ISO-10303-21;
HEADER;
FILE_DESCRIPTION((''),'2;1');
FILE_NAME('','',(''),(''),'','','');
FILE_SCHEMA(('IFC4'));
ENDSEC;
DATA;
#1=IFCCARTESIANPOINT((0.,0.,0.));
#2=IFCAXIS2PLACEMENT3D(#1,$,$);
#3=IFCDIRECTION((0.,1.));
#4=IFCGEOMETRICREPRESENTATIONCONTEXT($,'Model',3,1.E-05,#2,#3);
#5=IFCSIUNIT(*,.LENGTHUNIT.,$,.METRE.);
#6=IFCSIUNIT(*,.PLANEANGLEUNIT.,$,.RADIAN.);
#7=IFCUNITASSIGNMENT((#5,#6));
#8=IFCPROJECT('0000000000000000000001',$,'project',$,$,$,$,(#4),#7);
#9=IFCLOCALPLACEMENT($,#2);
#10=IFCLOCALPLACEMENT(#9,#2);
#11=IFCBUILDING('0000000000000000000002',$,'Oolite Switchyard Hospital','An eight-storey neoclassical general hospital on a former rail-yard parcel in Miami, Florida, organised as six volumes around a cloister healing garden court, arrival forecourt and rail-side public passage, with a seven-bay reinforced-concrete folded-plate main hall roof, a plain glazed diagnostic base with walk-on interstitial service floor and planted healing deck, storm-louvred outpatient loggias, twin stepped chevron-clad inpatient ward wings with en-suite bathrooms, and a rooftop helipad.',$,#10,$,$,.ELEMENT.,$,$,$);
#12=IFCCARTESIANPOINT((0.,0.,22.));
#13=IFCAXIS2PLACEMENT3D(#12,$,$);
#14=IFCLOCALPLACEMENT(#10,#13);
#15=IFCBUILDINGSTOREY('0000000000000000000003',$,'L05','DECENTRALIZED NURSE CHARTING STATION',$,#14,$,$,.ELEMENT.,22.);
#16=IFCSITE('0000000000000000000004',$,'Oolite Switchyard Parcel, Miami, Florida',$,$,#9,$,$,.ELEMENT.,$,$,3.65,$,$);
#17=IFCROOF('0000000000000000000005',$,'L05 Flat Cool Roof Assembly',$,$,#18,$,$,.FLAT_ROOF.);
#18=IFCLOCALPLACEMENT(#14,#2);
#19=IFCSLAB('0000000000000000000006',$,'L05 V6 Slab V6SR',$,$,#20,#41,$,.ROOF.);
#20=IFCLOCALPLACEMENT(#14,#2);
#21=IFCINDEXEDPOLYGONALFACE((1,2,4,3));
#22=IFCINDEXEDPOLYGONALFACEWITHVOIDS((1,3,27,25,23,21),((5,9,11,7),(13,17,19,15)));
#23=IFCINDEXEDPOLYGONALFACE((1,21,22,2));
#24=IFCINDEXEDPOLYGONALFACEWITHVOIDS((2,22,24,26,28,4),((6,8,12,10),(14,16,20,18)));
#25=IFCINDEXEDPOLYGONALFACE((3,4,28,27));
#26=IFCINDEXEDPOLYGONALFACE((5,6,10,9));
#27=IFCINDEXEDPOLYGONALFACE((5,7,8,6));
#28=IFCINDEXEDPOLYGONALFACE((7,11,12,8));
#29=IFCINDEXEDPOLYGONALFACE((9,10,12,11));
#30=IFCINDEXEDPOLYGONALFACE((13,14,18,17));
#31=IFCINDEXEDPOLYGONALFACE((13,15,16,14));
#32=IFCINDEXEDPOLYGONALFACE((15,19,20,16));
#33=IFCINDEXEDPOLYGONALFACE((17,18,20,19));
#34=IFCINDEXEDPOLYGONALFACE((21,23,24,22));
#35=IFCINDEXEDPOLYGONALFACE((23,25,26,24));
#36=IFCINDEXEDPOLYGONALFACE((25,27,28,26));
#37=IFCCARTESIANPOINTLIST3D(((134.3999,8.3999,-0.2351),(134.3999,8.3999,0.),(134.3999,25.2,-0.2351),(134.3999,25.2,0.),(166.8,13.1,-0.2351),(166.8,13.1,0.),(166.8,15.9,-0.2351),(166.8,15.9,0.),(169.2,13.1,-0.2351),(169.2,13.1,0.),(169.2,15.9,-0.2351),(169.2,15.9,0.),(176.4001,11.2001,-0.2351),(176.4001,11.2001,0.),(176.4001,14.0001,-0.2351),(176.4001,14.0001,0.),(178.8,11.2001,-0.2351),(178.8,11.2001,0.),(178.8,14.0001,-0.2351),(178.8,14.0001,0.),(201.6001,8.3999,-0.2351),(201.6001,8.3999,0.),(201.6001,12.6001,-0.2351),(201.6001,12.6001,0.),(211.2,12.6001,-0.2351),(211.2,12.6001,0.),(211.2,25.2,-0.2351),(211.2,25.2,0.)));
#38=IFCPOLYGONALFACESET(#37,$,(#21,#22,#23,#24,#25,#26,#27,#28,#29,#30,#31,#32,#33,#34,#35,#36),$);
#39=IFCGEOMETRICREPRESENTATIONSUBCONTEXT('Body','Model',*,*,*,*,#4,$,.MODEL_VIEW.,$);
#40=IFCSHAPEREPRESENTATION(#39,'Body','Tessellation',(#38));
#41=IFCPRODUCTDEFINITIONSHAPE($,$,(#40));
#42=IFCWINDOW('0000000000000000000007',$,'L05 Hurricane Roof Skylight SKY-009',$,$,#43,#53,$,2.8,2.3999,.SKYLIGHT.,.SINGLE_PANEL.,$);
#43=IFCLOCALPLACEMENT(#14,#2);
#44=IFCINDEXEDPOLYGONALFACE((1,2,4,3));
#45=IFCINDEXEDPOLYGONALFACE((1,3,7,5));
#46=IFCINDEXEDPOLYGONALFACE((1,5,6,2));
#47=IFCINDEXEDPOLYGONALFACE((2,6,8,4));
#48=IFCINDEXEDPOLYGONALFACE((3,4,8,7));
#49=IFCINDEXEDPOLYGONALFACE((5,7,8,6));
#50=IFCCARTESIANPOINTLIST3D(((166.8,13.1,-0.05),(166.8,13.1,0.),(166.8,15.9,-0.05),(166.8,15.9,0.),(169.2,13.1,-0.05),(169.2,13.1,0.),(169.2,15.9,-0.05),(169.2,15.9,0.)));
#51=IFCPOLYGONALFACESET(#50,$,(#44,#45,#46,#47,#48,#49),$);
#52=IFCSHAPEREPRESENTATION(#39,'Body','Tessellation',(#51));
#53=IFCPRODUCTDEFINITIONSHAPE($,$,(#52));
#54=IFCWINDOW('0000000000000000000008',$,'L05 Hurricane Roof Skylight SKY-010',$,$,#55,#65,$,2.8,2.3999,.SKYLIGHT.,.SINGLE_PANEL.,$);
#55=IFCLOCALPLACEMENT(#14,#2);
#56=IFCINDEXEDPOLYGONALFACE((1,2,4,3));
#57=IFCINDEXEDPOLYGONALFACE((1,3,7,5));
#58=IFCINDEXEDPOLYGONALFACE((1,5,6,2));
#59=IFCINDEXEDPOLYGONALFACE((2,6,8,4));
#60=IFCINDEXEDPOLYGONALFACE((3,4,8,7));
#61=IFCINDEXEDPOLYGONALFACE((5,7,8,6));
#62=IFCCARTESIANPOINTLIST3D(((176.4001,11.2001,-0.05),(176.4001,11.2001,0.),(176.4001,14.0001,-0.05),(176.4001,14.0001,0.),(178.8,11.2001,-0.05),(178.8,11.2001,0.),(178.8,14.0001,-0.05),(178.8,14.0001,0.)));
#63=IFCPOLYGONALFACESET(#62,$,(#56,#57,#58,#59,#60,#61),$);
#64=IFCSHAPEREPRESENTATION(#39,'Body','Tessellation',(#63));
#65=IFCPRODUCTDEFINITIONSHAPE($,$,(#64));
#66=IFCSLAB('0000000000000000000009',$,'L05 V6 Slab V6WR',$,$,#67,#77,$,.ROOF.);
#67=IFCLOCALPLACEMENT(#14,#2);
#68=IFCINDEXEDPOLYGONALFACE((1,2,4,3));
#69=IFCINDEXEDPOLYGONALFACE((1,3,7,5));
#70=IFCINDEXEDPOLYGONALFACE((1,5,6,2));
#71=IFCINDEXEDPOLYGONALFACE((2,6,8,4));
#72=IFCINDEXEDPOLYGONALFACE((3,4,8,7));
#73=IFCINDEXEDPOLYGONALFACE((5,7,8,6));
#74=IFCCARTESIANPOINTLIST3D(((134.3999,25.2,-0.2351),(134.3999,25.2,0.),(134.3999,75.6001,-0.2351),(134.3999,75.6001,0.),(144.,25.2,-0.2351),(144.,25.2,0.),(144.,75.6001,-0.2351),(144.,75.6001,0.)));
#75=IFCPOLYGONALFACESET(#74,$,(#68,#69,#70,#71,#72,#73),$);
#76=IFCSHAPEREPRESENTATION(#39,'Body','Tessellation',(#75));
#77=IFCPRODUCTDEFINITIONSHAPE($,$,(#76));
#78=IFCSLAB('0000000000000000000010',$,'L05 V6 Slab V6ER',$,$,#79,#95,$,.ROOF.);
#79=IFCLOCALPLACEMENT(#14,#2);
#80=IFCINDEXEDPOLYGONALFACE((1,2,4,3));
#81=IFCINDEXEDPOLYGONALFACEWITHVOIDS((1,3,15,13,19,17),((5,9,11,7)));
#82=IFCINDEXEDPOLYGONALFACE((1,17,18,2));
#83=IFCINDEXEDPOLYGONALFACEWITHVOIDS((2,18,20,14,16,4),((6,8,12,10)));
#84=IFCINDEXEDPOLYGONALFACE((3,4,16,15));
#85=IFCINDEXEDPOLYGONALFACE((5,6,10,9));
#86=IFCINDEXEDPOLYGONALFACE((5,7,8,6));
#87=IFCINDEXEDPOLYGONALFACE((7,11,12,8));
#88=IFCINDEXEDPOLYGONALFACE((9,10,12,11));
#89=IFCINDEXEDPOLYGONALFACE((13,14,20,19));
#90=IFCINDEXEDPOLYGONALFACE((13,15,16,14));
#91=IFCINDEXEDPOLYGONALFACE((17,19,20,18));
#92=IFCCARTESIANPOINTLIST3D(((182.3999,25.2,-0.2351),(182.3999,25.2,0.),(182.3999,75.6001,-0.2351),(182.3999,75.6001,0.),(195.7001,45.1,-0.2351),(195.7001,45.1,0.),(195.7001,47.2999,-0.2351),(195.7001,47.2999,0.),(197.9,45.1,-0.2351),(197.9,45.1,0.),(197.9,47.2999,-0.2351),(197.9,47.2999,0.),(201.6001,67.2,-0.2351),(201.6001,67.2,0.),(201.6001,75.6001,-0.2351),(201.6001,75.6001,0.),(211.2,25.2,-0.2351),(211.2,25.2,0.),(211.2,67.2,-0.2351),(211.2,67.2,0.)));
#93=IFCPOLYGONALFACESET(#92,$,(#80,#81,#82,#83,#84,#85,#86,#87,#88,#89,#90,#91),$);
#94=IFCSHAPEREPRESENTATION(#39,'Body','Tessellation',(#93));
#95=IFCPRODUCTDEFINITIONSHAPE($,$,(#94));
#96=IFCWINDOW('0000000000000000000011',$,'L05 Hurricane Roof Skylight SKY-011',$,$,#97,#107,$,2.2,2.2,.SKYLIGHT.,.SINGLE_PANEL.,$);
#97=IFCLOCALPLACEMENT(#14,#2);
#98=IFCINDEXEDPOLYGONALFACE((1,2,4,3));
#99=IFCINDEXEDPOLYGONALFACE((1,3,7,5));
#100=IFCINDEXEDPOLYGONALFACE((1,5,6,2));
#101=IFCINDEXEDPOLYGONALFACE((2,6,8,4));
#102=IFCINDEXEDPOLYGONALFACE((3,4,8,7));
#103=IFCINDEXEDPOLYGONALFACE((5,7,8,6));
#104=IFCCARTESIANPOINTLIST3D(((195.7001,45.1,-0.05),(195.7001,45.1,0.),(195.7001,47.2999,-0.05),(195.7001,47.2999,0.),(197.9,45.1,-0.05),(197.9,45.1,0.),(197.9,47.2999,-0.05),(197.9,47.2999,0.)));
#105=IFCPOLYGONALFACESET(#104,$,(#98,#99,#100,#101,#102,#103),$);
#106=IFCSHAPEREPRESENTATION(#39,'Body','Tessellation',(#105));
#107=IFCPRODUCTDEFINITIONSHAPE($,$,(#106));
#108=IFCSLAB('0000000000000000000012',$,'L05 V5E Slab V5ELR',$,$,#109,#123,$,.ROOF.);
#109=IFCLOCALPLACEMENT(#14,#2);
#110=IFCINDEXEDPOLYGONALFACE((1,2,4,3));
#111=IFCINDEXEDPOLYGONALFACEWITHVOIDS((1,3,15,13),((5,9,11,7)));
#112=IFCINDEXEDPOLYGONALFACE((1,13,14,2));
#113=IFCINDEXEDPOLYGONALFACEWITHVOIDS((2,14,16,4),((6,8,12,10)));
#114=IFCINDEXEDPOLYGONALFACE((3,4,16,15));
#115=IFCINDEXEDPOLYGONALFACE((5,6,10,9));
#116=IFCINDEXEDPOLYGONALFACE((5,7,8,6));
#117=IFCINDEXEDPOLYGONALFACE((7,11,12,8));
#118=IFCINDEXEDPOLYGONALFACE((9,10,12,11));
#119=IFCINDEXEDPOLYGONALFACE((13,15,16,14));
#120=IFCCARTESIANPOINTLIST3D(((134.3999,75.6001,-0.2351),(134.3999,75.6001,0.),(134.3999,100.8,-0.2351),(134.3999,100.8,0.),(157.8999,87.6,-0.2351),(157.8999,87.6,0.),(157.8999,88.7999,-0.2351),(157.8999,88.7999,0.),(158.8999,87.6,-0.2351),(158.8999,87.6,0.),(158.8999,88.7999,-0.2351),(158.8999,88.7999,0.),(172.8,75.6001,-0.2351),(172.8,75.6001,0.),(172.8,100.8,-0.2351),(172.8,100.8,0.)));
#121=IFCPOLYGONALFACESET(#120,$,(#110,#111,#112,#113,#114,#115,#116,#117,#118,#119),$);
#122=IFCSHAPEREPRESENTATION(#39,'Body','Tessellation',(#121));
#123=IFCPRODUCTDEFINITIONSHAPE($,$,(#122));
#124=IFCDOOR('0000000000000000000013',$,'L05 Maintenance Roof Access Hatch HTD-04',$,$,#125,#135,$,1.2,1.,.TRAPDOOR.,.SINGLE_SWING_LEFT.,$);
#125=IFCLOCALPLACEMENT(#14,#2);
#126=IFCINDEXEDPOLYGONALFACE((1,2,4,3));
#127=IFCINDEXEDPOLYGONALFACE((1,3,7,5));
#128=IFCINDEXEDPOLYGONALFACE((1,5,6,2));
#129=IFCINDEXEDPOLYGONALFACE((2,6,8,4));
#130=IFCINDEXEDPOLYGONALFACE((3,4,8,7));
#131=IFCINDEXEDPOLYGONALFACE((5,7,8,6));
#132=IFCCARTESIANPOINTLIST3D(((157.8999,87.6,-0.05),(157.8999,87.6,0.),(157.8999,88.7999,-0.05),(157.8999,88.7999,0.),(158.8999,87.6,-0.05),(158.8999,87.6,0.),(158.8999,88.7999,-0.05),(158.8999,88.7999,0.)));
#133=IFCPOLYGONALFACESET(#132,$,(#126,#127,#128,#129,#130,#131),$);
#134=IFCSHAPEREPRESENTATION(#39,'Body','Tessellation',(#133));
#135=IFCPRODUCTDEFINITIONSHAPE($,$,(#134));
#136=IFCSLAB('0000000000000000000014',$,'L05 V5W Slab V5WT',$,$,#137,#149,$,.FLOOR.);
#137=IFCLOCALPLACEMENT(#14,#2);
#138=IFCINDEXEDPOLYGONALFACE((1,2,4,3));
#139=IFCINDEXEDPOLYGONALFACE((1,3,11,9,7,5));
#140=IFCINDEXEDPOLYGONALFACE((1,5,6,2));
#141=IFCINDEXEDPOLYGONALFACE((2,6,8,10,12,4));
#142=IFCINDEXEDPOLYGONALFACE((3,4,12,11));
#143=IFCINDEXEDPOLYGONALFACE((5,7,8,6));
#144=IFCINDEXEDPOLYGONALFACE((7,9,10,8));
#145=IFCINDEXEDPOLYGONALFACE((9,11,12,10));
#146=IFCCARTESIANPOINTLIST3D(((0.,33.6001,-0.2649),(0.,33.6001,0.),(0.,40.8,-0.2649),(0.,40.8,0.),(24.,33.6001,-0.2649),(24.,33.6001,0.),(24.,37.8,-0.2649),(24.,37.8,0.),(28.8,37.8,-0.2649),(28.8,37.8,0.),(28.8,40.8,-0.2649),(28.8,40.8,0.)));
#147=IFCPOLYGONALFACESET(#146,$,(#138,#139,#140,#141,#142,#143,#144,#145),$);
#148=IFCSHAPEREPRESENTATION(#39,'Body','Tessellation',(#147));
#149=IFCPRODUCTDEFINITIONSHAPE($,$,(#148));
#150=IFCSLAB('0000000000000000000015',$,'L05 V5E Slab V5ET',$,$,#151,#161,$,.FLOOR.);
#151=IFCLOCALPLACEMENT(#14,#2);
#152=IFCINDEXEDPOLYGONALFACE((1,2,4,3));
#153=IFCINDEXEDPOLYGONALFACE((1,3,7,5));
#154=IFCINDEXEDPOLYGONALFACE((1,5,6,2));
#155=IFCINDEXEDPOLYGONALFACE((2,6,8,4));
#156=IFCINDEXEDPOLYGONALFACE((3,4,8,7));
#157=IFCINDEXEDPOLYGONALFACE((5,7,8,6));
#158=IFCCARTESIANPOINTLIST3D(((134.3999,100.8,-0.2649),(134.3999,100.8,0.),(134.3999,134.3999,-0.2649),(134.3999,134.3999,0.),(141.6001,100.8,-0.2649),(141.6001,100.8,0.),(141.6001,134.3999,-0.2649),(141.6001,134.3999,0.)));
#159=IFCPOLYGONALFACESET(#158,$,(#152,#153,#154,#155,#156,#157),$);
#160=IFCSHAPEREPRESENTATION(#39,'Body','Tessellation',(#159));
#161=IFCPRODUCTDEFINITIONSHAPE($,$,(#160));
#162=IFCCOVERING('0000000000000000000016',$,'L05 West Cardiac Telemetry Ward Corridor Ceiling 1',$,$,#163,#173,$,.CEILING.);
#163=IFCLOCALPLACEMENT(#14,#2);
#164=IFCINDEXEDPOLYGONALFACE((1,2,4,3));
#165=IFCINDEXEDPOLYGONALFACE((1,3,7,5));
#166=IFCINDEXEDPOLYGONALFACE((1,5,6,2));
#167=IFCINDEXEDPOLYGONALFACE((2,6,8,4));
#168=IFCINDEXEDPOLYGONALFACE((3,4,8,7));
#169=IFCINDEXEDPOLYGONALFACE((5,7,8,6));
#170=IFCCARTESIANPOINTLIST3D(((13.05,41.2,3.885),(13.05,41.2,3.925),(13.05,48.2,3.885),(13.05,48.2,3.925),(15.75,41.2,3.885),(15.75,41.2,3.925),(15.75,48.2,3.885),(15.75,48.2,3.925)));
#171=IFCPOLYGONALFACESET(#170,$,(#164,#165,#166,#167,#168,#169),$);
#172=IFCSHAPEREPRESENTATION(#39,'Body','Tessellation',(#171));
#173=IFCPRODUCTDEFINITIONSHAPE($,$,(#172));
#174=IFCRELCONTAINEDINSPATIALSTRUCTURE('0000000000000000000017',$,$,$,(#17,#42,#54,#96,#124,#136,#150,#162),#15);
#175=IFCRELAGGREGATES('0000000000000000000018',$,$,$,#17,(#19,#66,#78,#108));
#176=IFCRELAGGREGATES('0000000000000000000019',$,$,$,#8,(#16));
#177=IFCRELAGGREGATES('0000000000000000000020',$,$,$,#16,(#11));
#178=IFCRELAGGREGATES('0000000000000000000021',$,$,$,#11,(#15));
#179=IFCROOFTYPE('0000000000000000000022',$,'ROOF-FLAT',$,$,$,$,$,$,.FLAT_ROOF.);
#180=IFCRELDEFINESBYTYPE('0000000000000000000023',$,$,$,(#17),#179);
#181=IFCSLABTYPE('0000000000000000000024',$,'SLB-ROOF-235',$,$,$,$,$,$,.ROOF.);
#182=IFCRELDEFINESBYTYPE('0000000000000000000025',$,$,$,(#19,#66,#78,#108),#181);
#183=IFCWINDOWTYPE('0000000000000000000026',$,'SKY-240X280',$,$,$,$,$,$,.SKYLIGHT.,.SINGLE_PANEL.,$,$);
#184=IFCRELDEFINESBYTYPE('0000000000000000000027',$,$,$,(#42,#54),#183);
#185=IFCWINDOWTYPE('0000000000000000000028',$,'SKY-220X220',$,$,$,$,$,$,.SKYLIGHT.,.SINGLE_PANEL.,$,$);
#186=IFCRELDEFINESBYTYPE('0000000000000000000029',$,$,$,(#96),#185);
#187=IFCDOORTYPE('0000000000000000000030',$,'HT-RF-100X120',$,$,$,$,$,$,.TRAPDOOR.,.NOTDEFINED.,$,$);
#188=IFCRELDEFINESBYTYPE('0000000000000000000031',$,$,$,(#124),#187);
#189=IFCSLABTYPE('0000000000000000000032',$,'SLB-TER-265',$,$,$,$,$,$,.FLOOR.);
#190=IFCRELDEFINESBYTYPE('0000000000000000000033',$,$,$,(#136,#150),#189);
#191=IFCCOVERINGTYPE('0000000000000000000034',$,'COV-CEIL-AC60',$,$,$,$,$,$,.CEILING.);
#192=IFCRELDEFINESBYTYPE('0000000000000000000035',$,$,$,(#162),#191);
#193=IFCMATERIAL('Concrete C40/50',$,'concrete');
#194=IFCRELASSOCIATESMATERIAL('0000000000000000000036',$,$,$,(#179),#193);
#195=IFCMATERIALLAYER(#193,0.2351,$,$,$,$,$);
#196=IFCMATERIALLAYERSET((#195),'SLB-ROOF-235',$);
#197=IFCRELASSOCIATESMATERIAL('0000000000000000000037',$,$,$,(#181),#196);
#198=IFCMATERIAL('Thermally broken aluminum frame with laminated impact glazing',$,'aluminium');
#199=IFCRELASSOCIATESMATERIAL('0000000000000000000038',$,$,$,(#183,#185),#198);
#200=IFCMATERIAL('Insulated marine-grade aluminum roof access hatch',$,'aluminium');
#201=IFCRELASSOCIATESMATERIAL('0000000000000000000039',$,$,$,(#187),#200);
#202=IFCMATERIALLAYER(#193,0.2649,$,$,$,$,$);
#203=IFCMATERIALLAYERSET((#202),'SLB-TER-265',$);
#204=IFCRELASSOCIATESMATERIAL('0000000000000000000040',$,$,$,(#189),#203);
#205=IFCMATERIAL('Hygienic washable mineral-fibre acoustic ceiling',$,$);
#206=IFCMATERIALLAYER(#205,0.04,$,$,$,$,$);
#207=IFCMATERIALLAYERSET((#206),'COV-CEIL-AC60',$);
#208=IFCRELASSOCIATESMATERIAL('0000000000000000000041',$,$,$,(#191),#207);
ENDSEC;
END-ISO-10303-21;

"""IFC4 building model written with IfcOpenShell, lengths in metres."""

from ifc_helpers import new_model, si_unit, direction, frame, origin, origin_2d, place, context, subcontext, project, spatial, polyline, rectangle, outline, extrude, material, layer, layer_set, type_object, element, fill, aggregate, save


model = new_model("IFC4")

# Units and contexts
model_context = context("Model", 3, precision=1e-05, world=origin(), true_north=direction((0.0, 1.0)))
body_context = subcontext(model_context, "Body", "Model", "MODEL_VIEW")
ifc_project = project(units=[si_unit("LENGTHUNIT", "METRE"), si_unit("PLANEANGLEUNIT", "RADIAN")], contexts=[model_context])

# Site, building, storey
site_placement = place(None, origin())
site = spatial("IfcSite", under=ifc_project, at=site_placement, Name="Oolite Switchyard Parcel, Miami, Florida", CompositionType="ELEMENT", RefElevation=3.65)
building_placement = place(site_placement, origin())
building = spatial("IfcBuilding", under=site, at=building_placement, Name="Oolite Switchyard Hospital", Description="An eight-storey neoclassical general hospital on a former rail-yard parcel in Miami, Florida, organised as six volumes around a cloister healing garden court, arrival forecourt and rail-side public passage, with a seven-bay reinforced-concrete folded-plate main hall roof, a plain glazed diagnostic base with walk-on interstitial service floor and planted healing deck, storm-louvred outpatient loggias, twin stepped chevron-clad inpatient ward wings with en-suite bathrooms, and a rooftop helipad.", CompositionType="ELEMENT")
storey_placement = place(building_placement, frame((0.0, 0.0, 22.0)))
storey = spatial("IfcBuildingStorey", under=building, at=storey_placement, Name="L05", Description="DECENTRALIZED NURSE CHARTING STATION", CompositionType="ELEMENT", Elevation=22.0)

# Shared definitions
ifc_material_1 = material(Name="Concrete C40/50", Category="concrete")

# Roof, slabs, openings, windows, door
roof_type = type_object("IfcRoofType", Name="ROOF-FLAT", PredefinedType="FLAT_ROOF", material=ifc_material_1)
roof_placement = place(storey_placement, origin())
roof = element("IfcRoof", 1, at=roof_placement, inside=storey, type_object=roof_type, Name="L05 Flat Cool Roof Assembly", PredefinedType="FLAT_ROOF")
ifc_layer_1 = layer(ifc_material_1, 0.2351)
ifc_layer_set_1 = layer_set([ifc_layer_1], Name="SLB-ROOF-235")
slab_type_1 = type_object("IfcSlabType", Name="SLB-ROOF-235", PredefinedType="ROOF", material=ifc_layer_set_1)
slab_1_placement = place(storey_placement, frame((0.0, 0.0, -0.2351)))
slab_1 = element("IfcSlab", 2, at=slab_1_placement, type_object=slab_type_1, Name="L05 V6 Slab V6SR", PredefinedType="ROOF", context=body_context, shape_type="SweptSolid", body=[
    extrude(outline(polyline([(134.3999, 8.3999), (201.6001, 8.3999), (201.6001, 12.6001), (211.2, 12.6001), (211.2, 25.2), (134.3999, 25.2), (134.3999, 8.3999)])), origin(), (0.0, 0.0, 1.0), 0.2351),
])
opening_1_placement = place(slab_1_placement, frame((168.0, 14.5, 0.0)))
opening_1 = element("IfcOpeningElement", 3, at=opening_1_placement, cuts=slab_1, PredefinedType="OPENING", context=body_context, shape_type="SweptSolid", body=[
    extrude(rectangle(XDim=2.3999, YDim=2.8, at=origin_2d()), frame((0.0, 0.0, -0.01), z_axis=(0.0, 0.0, 1.0), x_axis=(1.0, 0.0, 0.0)), (0.0, 0.0, 1.0), 0.2551),
])
opening_2_placement = place(slab_1_placement, frame((177.6001, 12.6001, 0.0)))
opening_2 = element("IfcOpeningElement", 4, at=opening_2_placement, cuts=slab_1, PredefinedType="OPENING", context=body_context, shape_type="SweptSolid", body=[
    extrude(rectangle(XDim=2.3999, YDim=2.8, at=origin_2d()), frame((0.0, 0.0, -0.01), z_axis=(0.0, 0.0, 1.0), x_axis=(1.0, 0.0, 0.0)), (0.0, 0.0, 1.0), 0.2551),
])
ifc_material_2 = material(Name="Thermally broken aluminum frame with laminated impact glazing", Category="aluminium")
window_type_1 = type_object("IfcWindowType", Name="SKY-240X280", PartitioningType="SINGLE_PANEL", PredefinedType="SKYLIGHT", material=ifc_material_2)
window_1_placement = place(opening_1_placement, frame((0.0, 0.0, 0.1851)))
window_1 = element("IfcWindow", 5, at=window_1_placement, inside=storey, type_object=window_type_1, Name="L05 Hurricane Roof Skylight SKY-009", OverallHeight=2.8, OverallWidth=2.3999, PartitioningType="SINGLE_PANEL", PredefinedType="SKYLIGHT", context=body_context, shape_type="SweptSolid", body=[
    extrude(rectangle(XDim=2.3999, YDim=2.8, at=origin_2d()), origin(), (0.0, 0.0, 1.0), 0.05),
])
fill(opening_1, window_1)
window_2_placement = place(opening_2_placement, frame((0.0, 0.0, 0.1851)))
window_2 = element("IfcWindow", 6, at=window_2_placement, inside=storey, type_object=window_type_1, Name="L05 Hurricane Roof Skylight SKY-010", OverallHeight=2.8, OverallWidth=2.3999, PartitioningType="SINGLE_PANEL", PredefinedType="SKYLIGHT", context=body_context, shape_type="SweptSolid", body=[
    extrude(rectangle(XDim=2.3999, YDim=2.8, at=origin_2d()), origin(), (0.0, 0.0, 1.0), 0.05),
])
fill(opening_2, window_2)
slab_2_placement = place(storey_placement, frame((0.0, 0.0, -0.2351)))
slab_2 = element("IfcSlab", 7, at=slab_2_placement, type_object=slab_type_1, Name="L05 V6 Slab V6WR", PredefinedType="ROOF", context=body_context, shape_type="SweptSolid", body=[
    extrude(outline(polyline([(134.3999, 25.2), (144.0, 25.2), (144.0, 75.6001), (134.3999, 75.6001), (134.3999, 25.2)])), origin(), (0.0, 0.0, 1.0), 0.2351),
])
slab_3_placement = place(storey_placement, frame((0.0, 0.0, -0.2351)))
slab_3 = element("IfcSlab", 8, at=slab_3_placement, type_object=slab_type_1, Name="L05 V6 Slab V6ER", PredefinedType="ROOF", context=body_context, shape_type="SweptSolid", body=[
    extrude(outline(polyline([(182.3999, 25.2), (211.2, 25.2), (211.2, 67.2), (201.6001, 67.2), (201.6001, 75.6001), (182.3999, 75.6001), (182.3999, 25.2)])), origin(), (0.0, 0.0, 1.0), 0.2351),
])
opening_3_placement = place(slab_3_placement, frame((196.8, 46.2, 0.0)))
opening_3 = element("IfcOpeningElement", 9, at=opening_3_placement, cuts=slab_3, PredefinedType="OPENING", context=body_context, shape_type="SweptSolid", body=[
    extrude(rectangle(XDim=2.2, YDim=2.2, at=origin_2d()), frame((0.0, 0.0, -0.01), z_axis=(0.0, 0.0, 1.0), x_axis=(1.0, 0.0, 0.0)), (0.0, 0.0, 1.0), 0.2551),
])
window_type_2 = type_object("IfcWindowType", Name="SKY-220X220", PartitioningType="SINGLE_PANEL", PredefinedType="SKYLIGHT", material=ifc_material_2)
window_3_placement = place(opening_3_placement, frame((0.0, 0.0, 0.1851)))
window_3 = element("IfcWindow", 10, at=window_3_placement, inside=storey, type_object=window_type_2, Name="L05 Hurricane Roof Skylight SKY-011", OverallHeight=2.2, OverallWidth=2.2, PartitioningType="SINGLE_PANEL", PredefinedType="SKYLIGHT", context=body_context, shape_type="SweptSolid", body=[
    extrude(rectangle(XDim=2.2, YDim=2.2, at=origin_2d()), origin(), (0.0, 0.0, 1.0), 0.05),
])
fill(opening_3, window_3)
slab_4_placement = place(storey_placement, frame((0.0, 0.0, -0.2351)))
slab_4 = element("IfcSlab", 11, at=slab_4_placement, type_object=slab_type_1, Name="L05 V5E Slab V5ELR", PredefinedType="ROOF", context=body_context, shape_type="SweptSolid", body=[
    extrude(outline(polyline([(134.3999, 75.6001), (172.8, 75.6001), (172.8, 100.8), (134.3999, 100.8), (134.3999, 75.6001)])), origin(), (0.0, 0.0, 1.0), 0.2351),
])
opening_4_placement = place(slab_4_placement, frame((158.3999, 88.2, 0.0)))
opening_4 = element("IfcOpeningElement", 12, at=opening_4_placement, cuts=slab_4, PredefinedType="OPENING", context=body_context, shape_type="SweptSolid", body=[
    extrude(rectangle(XDim=1.0, YDim=1.2, at=origin_2d()), frame((0.0, 0.0, -0.01), z_axis=(0.0, 0.0, 1.0), x_axis=(1.0, 0.0, 0.0)), (0.0, 0.0, 1.0), 0.2551),
])
ifc_material_3 = material(Name="Insulated marine-grade aluminum roof access hatch", Category="aluminium")
door_type = type_object("IfcDoorType", Name="HT-RF-100X120", OperationType="NOTDEFINED", PredefinedType="TRAPDOOR", material=ifc_material_3)
door_placement = place(opening_4_placement, frame((0.0, 0.0, 0.1851)))
door = element("IfcDoor", 13, at=door_placement, inside=storey, type_object=door_type, Name="L05 Maintenance Roof Access Hatch HTD-04", OperationType="SINGLE_SWING_LEFT", OverallHeight=1.2, OverallWidth=1.0, PredefinedType="TRAPDOOR", context=body_context, shape_type="SweptSolid", body=[
    extrude(rectangle(XDim=1.0, YDim=1.2, at=origin_2d()), origin(), (0.0, 0.0, 1.0), 0.05),
])
fill(opening_4, door)
aggregate(roof, [slab_1, slab_2, slab_3, slab_4])

# Slabs
ifc_layer_2 = layer(ifc_material_1, 0.2649)
ifc_layer_set_2 = layer_set([ifc_layer_2], Name="SLB-TER-265")
slab_type_2 = type_object("IfcSlabType", Name="SLB-TER-265", PredefinedType="FLOOR", material=ifc_layer_set_2)
slab_5_placement = place(storey_placement, frame((0.0, 0.0, -0.2649)))
element("IfcSlab", 14, at=slab_5_placement, inside=storey, type_object=slab_type_2, Name="L05 V5W Slab V5WT", PredefinedType="FLOOR", context=body_context, shape_type="SweptSolid", body=[
    extrude(outline(polyline([(0.0, 33.6001), (24.0, 33.6001), (24.0, 37.8), (28.8, 37.8), (28.8, 40.8), (0.0, 40.8), (0.0, 33.6001)])), origin(), (0.0, 0.0, 1.0), 0.2649),
])
slab_6_placement = place(storey_placement, frame((0.0, 0.0, -0.2649)))
element("IfcSlab", 15, at=slab_6_placement, inside=storey, type_object=slab_type_2, Name="L05 V5E Slab V5ET", PredefinedType="FLOOR", context=body_context, shape_type="SweptSolid", body=[
    extrude(outline(polyline([(134.3999, 100.8), (141.6001, 100.8), (141.6001, 134.3999), (134.3999, 134.3999), (134.3999, 100.8)])), origin(), (0.0, 0.0, 1.0), 0.2649),
])

# Covering
ifc_material_4 = material(Name="Hygienic washable mineral-fibre acoustic ceiling")
ifc_layer_3 = layer(ifc_material_4, 0.04)
ifc_layer_set_3 = layer_set([ifc_layer_3], Name="COV-CEIL-AC60")
covering_type_1 = type_object("IfcCoveringType", Name="COV-CEIL-AC60", PredefinedType="CEILING", material=ifc_layer_set_3)
covering_1_placement = place(storey_placement, frame((0.0, 0.0, 3.885)))
element("IfcCovering", 16, at=covering_1_placement, inside=storey, type_object=covering_type_1, Name="L05 West Cardiac Telemetry Ward Corridor Ceiling 1", PredefinedType="CEILING", context=body_context, shape_type="SweptSolid", body=[
    extrude(outline(polyline([(13.05, 41.2), (15.75, 41.2), (15.75, 48.2), (13.05, 48.2), (13.05, 41.2)])), origin(), (0.0, 0.0, 1.0), 0.04),
])

save(model, "model.ifc")
